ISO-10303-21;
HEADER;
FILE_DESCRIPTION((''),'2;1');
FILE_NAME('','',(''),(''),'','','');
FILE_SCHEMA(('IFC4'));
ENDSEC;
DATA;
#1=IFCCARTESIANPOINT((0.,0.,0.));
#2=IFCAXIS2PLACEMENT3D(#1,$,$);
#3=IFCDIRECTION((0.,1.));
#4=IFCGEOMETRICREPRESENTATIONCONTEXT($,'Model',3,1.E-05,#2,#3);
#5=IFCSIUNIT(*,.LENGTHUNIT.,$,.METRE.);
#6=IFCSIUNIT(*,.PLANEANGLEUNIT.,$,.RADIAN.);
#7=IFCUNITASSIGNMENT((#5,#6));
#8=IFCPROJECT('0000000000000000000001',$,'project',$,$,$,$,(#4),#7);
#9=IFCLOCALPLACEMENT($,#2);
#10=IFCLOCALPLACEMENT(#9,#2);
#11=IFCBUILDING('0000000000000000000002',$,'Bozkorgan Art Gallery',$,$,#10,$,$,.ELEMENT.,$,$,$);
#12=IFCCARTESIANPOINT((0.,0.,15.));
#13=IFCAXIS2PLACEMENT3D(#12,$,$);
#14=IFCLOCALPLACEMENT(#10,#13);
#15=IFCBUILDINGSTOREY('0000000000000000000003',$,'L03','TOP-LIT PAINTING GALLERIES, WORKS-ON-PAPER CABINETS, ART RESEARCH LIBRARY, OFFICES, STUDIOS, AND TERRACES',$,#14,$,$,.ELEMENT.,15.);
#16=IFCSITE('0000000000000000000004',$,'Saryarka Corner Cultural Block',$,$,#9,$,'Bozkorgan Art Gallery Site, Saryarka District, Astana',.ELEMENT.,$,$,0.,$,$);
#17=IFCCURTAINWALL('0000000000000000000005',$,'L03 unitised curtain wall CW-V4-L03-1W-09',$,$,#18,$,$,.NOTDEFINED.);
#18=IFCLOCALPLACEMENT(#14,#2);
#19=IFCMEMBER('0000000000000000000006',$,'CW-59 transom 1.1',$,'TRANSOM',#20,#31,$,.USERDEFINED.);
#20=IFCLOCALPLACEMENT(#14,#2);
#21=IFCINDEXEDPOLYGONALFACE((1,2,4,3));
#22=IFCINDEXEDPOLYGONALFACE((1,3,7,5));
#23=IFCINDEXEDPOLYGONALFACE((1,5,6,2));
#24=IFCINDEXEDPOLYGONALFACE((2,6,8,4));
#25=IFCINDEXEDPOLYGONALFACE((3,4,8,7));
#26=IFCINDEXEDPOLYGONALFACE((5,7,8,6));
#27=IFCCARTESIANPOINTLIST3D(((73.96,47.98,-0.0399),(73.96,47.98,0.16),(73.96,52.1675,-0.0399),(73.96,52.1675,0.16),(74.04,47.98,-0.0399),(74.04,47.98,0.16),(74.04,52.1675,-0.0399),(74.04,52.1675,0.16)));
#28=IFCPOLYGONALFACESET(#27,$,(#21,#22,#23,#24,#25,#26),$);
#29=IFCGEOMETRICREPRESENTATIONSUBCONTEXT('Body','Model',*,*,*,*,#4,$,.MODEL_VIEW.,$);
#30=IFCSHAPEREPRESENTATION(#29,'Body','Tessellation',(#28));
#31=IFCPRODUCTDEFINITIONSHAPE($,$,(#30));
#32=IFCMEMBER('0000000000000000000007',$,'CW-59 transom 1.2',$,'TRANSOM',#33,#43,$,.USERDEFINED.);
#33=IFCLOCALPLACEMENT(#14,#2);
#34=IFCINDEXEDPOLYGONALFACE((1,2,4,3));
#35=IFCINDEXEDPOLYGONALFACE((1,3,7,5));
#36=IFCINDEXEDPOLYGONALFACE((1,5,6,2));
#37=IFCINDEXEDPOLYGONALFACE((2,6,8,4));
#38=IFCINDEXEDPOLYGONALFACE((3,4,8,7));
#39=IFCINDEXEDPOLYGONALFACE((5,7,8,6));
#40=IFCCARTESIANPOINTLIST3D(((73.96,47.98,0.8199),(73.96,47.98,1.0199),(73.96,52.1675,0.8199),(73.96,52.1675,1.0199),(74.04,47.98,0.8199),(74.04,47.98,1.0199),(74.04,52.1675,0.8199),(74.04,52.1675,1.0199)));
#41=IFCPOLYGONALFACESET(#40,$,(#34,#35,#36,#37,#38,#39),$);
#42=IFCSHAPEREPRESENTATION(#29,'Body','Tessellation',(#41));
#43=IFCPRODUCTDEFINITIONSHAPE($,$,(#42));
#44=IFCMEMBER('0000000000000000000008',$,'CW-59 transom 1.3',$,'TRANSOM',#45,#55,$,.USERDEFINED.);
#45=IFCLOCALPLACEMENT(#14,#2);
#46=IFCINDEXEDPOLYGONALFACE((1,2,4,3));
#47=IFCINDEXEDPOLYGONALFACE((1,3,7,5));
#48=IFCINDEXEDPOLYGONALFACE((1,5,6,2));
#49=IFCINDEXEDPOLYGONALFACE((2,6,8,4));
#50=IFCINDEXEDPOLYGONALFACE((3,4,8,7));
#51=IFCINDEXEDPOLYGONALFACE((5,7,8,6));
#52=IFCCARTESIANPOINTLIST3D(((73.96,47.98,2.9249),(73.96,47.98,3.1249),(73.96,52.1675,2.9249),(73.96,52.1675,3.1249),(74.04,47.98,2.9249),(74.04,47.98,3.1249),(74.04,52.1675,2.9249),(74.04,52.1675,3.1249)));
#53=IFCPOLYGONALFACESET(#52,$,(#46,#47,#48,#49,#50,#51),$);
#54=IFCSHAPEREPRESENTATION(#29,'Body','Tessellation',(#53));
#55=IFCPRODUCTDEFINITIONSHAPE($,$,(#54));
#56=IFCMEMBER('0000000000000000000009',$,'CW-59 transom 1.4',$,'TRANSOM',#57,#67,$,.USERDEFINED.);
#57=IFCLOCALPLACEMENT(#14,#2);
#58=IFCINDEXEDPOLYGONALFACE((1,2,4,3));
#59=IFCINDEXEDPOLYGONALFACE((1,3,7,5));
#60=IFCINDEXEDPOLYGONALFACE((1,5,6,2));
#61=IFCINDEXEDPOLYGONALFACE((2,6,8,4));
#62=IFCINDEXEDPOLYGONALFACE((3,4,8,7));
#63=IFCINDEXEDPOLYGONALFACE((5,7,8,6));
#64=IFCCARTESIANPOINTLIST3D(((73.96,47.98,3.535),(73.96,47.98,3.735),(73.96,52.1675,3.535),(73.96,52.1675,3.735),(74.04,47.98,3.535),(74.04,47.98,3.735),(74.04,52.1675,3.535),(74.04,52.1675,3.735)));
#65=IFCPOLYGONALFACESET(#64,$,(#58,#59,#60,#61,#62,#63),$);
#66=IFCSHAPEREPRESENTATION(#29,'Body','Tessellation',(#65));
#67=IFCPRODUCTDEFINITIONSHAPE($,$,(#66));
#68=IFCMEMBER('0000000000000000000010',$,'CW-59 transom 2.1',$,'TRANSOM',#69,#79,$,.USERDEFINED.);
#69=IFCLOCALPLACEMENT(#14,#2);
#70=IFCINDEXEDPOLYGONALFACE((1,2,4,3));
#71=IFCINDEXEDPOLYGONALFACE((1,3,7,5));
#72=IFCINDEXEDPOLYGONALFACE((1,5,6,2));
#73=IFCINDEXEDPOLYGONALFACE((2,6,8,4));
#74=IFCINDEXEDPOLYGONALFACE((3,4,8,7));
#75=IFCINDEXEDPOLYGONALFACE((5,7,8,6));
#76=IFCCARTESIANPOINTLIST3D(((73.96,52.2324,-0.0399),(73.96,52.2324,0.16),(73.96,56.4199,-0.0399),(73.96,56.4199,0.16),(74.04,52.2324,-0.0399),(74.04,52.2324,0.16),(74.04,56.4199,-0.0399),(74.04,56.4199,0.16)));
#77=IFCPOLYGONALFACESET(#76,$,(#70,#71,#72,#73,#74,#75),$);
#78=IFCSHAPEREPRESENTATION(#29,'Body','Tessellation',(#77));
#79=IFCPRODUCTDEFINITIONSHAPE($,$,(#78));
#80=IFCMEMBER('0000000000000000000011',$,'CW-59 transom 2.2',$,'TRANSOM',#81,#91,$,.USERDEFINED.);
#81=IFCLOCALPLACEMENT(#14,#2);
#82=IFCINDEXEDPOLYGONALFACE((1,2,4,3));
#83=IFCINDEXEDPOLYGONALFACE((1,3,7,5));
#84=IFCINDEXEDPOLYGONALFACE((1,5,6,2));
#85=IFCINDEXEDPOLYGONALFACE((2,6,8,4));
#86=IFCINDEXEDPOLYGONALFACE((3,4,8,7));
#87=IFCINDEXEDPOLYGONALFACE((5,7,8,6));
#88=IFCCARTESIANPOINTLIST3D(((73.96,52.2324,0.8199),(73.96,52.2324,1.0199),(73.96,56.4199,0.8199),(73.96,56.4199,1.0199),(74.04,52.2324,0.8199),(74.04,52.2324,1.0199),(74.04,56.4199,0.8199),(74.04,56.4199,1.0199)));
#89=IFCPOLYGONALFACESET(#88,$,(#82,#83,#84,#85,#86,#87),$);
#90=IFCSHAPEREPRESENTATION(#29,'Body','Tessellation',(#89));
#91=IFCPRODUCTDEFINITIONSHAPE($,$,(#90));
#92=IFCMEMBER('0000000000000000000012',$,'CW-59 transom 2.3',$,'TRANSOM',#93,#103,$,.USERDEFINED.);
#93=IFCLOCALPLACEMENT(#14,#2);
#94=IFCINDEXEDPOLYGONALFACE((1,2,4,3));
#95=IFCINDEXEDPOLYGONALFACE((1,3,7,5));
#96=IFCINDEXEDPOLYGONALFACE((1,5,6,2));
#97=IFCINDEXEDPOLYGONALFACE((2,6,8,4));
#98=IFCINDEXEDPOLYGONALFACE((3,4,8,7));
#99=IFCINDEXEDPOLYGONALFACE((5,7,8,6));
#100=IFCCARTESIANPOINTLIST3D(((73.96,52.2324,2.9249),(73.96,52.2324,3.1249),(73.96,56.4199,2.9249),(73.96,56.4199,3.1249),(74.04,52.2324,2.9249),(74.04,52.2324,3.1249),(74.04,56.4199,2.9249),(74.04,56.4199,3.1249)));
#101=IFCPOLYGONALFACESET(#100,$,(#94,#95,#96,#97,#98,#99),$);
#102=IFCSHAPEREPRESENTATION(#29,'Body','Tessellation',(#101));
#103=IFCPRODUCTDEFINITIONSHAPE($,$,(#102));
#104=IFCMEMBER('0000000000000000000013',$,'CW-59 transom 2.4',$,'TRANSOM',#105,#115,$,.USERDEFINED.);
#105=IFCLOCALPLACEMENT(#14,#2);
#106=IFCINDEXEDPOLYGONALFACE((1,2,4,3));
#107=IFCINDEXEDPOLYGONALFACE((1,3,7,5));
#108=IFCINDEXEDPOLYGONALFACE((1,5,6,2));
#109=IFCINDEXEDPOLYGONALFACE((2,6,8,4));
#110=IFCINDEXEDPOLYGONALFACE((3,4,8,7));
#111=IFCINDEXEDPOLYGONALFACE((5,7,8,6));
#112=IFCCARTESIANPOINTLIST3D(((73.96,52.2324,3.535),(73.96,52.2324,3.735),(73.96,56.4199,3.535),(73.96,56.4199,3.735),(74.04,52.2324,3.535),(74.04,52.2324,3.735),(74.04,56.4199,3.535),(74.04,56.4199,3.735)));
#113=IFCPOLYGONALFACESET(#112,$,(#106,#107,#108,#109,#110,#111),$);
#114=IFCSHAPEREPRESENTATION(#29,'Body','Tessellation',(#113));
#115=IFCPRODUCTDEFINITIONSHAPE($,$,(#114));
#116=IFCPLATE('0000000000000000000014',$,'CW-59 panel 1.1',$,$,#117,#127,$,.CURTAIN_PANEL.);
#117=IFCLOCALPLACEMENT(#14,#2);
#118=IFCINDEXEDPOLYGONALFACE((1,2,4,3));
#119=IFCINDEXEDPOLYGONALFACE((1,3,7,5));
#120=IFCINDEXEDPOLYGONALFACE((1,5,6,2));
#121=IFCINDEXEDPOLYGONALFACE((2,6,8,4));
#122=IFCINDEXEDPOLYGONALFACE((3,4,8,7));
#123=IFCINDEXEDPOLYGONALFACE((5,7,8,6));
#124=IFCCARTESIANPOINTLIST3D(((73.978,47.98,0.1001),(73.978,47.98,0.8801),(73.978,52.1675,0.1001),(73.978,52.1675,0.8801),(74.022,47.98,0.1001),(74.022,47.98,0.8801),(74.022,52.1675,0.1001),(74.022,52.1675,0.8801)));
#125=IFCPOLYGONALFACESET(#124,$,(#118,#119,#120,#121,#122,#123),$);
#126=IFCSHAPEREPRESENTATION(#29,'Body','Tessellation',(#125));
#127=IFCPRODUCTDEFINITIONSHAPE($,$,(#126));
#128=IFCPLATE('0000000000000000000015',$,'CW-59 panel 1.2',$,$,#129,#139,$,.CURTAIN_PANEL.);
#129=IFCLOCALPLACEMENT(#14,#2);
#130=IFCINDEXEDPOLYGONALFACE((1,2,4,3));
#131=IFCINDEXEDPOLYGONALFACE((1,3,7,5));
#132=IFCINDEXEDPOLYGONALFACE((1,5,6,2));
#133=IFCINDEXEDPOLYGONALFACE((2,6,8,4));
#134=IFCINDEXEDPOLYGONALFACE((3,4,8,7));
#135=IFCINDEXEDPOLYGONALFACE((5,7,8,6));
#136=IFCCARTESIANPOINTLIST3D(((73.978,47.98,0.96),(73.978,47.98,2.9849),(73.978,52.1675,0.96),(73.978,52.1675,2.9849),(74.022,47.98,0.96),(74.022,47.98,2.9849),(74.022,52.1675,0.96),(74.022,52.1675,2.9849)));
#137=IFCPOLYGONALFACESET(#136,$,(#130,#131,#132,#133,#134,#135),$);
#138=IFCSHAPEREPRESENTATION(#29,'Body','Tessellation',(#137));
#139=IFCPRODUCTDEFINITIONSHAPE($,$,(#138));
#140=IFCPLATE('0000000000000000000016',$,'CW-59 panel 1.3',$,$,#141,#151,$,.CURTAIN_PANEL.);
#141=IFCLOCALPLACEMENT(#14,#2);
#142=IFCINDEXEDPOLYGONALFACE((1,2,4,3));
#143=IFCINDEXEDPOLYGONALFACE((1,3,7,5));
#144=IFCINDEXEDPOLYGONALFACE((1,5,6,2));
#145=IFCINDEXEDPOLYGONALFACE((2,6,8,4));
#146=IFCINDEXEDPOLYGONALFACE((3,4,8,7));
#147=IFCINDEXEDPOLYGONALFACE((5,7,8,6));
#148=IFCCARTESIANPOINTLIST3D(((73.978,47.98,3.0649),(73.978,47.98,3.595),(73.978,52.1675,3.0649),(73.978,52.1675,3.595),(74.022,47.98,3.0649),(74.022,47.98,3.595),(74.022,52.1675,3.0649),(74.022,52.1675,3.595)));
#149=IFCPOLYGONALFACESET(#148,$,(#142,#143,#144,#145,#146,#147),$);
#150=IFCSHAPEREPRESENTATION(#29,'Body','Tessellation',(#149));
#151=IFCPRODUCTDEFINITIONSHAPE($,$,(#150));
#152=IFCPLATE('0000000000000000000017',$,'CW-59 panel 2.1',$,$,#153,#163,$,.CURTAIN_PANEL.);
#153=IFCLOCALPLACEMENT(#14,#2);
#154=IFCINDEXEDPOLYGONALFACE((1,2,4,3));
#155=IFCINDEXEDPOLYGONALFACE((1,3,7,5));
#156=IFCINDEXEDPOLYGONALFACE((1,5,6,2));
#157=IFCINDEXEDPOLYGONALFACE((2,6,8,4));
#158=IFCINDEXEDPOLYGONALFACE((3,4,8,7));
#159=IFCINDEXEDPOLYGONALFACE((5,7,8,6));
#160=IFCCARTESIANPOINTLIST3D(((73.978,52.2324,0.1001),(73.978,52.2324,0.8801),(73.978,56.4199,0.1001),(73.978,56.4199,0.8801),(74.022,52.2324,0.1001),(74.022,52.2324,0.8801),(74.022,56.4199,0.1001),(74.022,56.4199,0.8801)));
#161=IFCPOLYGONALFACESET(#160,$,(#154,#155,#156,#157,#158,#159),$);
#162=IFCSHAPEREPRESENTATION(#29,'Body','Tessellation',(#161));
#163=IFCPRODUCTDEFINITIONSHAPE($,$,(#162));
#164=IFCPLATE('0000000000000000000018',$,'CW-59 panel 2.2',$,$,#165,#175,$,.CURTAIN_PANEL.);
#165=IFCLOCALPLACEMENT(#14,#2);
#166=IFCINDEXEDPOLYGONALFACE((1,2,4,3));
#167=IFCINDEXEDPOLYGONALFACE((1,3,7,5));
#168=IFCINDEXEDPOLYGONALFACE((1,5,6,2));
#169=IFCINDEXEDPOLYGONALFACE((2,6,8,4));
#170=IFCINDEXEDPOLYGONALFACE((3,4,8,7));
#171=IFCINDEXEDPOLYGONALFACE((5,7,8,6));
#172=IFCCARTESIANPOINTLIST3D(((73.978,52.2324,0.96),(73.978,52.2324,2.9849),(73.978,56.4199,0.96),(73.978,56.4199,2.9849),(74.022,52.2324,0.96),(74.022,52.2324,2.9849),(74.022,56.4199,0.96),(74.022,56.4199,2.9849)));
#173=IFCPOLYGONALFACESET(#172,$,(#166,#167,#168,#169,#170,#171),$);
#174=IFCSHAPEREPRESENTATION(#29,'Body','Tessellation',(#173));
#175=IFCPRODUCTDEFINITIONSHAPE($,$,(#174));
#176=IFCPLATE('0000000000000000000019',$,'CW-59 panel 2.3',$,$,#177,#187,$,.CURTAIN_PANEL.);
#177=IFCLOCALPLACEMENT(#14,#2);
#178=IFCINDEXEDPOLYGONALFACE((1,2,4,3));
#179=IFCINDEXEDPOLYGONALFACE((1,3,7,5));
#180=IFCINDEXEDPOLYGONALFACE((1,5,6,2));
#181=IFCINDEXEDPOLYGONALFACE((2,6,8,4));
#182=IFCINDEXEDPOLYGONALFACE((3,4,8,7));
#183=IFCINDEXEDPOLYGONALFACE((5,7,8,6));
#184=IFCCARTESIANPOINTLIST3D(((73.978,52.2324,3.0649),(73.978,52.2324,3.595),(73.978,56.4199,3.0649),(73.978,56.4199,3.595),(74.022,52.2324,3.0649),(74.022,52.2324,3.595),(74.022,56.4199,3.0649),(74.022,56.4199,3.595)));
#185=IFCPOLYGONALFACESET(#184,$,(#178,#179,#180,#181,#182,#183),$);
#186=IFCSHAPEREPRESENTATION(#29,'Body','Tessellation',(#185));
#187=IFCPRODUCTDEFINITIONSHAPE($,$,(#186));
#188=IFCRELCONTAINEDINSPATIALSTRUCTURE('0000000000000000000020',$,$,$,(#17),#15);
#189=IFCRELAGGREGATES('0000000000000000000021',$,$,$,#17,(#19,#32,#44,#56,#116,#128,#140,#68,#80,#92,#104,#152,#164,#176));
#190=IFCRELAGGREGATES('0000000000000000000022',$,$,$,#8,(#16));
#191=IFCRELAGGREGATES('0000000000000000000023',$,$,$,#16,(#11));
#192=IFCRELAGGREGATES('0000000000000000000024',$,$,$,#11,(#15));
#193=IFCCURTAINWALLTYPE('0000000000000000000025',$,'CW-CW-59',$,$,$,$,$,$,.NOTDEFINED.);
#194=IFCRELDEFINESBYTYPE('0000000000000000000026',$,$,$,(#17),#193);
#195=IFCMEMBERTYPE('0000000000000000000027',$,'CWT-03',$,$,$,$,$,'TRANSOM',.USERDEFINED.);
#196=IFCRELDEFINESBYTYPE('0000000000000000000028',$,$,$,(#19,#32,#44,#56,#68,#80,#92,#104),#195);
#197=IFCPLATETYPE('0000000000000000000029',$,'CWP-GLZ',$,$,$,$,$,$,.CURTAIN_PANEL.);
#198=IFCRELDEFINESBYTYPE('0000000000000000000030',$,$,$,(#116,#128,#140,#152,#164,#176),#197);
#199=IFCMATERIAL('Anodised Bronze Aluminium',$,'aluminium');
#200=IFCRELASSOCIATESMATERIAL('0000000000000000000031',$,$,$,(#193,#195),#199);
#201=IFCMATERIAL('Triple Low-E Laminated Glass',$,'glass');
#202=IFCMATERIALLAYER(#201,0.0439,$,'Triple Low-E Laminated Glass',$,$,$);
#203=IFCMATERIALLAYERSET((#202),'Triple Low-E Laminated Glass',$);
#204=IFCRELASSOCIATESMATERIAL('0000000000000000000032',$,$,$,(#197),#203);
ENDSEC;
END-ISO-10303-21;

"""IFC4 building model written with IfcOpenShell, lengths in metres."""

from ifc_helpers import new_model, si_unit, direction, frame, origin, origin_2d, place, context, subcontext, project, spatial, rectangle, extrude, material, layer, layer_set, material_profile, profile_set, type_object, element, aggregate, save


model = new_model("IFC4")

# Units and contexts
model_context = context("Model", 3, precision=1e-05, world=origin(), true_north=direction((0.0, 1.0)))
body_context = subcontext(model_context, "Body", "Model", "MODEL_VIEW")
ifc_project = project(units=[si_unit("LENGTHUNIT", "METRE"), si_unit("PLANEANGLEUNIT", "RADIAN")], contexts=[model_context])

# Site, building, storey
site_placement = place(None, origin())
site = spatial("IfcSite", under=ifc_project, at=site_placement, Name="Saryarka Corner Cultural Block", LongName="Bozkorgan Art Gallery Site, Saryarka District, Astana", CompositionType="ELEMENT", RefElevation=0.0)
building_placement = place(site_placement, origin())
building = spatial("IfcBuilding", under=site, at=building_placement, Name="Bozkorgan Art Gallery", CompositionType="ELEMENT")
storey_placement = place(building_placement, frame((0.0, 0.0, 15.0)))
storey = spatial("IfcBuildingStorey", under=building, at=storey_placement, Name="L03", Description="TOP-LIT PAINTING GALLERIES, WORKS-ON-PAPER CABINETS, ART RESEARCH LIBRARY, OFFICES, STUDIOS, AND TERRACES", CompositionType="ELEMENT", Elevation=15.0)

# Curtain wall, members, plates
ifc_material_1 = material(Name="Anodised Bronze Aluminium", Category="aluminium")
curtain_wall_type = type_object("IfcCurtainWallType", Name="CW-CW-59", PredefinedType="NOTDEFINED", material=ifc_material_1)
curtain_wall_placement = place(storey_placement, origin())
curtain_wall = element("IfcCurtainWall", 1, at=curtain_wall_placement, inside=storey, type_object=curtain_wall_type, Name="L03 unitised curtain wall CW-V4-L03-1W-09", PredefinedType="NOTDEFINED")
ifc_material_profile_1 = material_profile(ifc_material_1, rectangle(XDim=0.0801, YDim=0.2, at=origin_2d()), Name="ALU TRANSOM 80x200")
ifc_profile_set_1 = profile_set([ifc_material_profile_1], Name="Anodised Bronze Aluminium")
member_type_1 = type_object("IfcMemberType", Name="CWT-03", ElementType="TRANSOM", PredefinedType="USERDEFINED", material=ifc_profile_set_1)
member_1_placement = place(storey_placement, frame((74.0, 47.98, 0.0601), z_axis=(0.0, 1.0, 0.0), x_axis=(-1.0, 0.0, 0.0)))
member_1 = element("IfcMember", 2, at=member_1_placement, type_object=member_type_1, Name="CW-59 transom 1.1", ObjectType="TRANSOM", PredefinedType="USERDEFINED", context=body_context, shape_type="SweptSolid", body=[
    extrude(rectangle(XDim=0.0801, YDim=0.2, at=origin_2d()), origin(), (0.0, 0.0, 1.0), 4.1875),
])
member_2_placement = place(storey_placement, frame((74.0, 47.98, 0.9199), z_axis=(0.0, 1.0, 0.0), x_axis=(-1.0, 0.0, 0.0)))
member_2 = element("IfcMember", 3, at=member_2_placement, type_object=member_type_1, Name="CW-59 transom 1.2", ObjectType="TRANSOM", PredefinedType="USERDEFINED", context=body_context, shape_type="SweptSolid", body=[
    extrude(rectangle(XDim=0.0801, YDim=0.2, at=origin_2d()), origin(), (0.0, 0.0, 1.0), 4.1875),
])
member_3_placement = place(storey_placement, frame((74.0, 47.98, 3.0249), z_axis=(0.0, 1.0, 0.0), x_axis=(-1.0, 0.0, 0.0)))
member_3 = element("IfcMember", 4, at=member_3_placement, type_object=member_type_1, Name="CW-59 transom 1.3", ObjectType="TRANSOM", PredefinedType="USERDEFINED", context=body_context, shape_type="SweptSolid", body=[
    extrude(rectangle(XDim=0.0801, YDim=0.2, at=origin_2d()), origin(), (0.0, 0.0, 1.0), 4.1875),
])
member_4_placement = place(storey_placement, frame((74.0, 47.98, 3.635), z_axis=(0.0, 1.0, 0.0), x_axis=(-1.0, 0.0, 0.0)))
member_4 = element("IfcMember", 5, at=member_4_placement, type_object=member_type_1, Name="CW-59 transom 1.4", ObjectType="TRANSOM", PredefinedType="USERDEFINED", context=body_context, shape_type="SweptSolid", body=[
    extrude(rectangle(XDim=0.0801, YDim=0.2, at=origin_2d()), origin(), (0.0, 0.0, 1.0), 4.1875),
])
member_5_placement = place(storey_placement, frame((74.0, 52.2324, 0.0601), z_axis=(0.0, 1.0, 0.0), x_axis=(-1.0, 0.0, 0.0)))
member_5 = element("IfcMember", 6, at=member_5_placement, type_object=member_type_1, Name="CW-59 transom 2.1", ObjectType="TRANSOM", PredefinedType="USERDEFINED", context=body_context, shape_type="SweptSolid", body=[
    extrude(rectangle(XDim=0.0801, YDim=0.2, at=origin_2d()), origin(), (0.0, 0.0, 1.0), 4.1875),
])
member_6_placement = place(storey_placement, frame((74.0, 52.2324, 0.9199), z_axis=(0.0, 1.0, 0.0), x_axis=(-1.0, 0.0, 0.0)))
member_6 = element("IfcMember", 7, at=member_6_placement, type_object=member_type_1, Name="CW-59 transom 2.2", ObjectType="TRANSOM", PredefinedType="USERDEFINED", context=body_context, shape_type="SweptSolid", body=[
    extrude(rectangle(XDim=0.0801, YDim=0.2, at=origin_2d()), origin(), (0.0, 0.0, 1.0), 4.1875),
])
member_7_placement = place(storey_placement, frame((74.0, 52.2324, 3.0249), z_axis=(0.0, 1.0, 0.0), x_axis=(-1.0, 0.0, 0.0)))
member_7 = element("IfcMember", 8, at=member_7_placement, type_object=member_type_1, Name="CW-59 transom 2.3", ObjectType="TRANSOM", PredefinedType="USERDEFINED", context=body_context, shape_type="SweptSolid", body=[
    extrude(rectangle(XDim=0.0801, YDim=0.2, at=origin_2d()), origin(), (0.0, 0.0, 1.0), 4.1875),
])
member_8_placement = place(storey_placement, frame((74.0, 52.2324, 3.635), z_axis=(0.0, 1.0, 0.0), x_axis=(-1.0, 0.0, 0.0)))
member_8 = element("IfcMember", 9, at=member_8_placement, type_object=member_type_1, Name="CW-59 transom 2.4", ObjectType="TRANSOM", PredefinedType="USERDEFINED", context=body_context, shape_type="SweptSolid", body=[
    extrude(rectangle(XDim=0.0801, YDim=0.2, at=origin_2d()), origin(), (0.0, 0.0, 1.0), 4.1875),
])
ifc_material_2 = material(Name="Triple Low-E Laminated Glass", Category="glass")
ifc_layer_1 = layer(ifc_material_2, 0.0439, Name="Triple Low-E Laminated Glass")
ifc_layer_set_1 = layer_set([ifc_layer_1], Name="Triple Low-E Laminated Glass")
plate_type_1 = type_object("IfcPlateType", Name="CWP-GLZ", PredefinedType="CURTAIN_PANEL", material=ifc_layer_set_1)
plate_1_placement = place(storey_placement, frame((74.0, 50.0737, 0.1001), z_axis=(0.0, 0.0, 1.0), x_axis=(0.0, 1.0, 0.0)))
plate_1 = element("IfcPlate", 10, at=plate_1_placement, type_object=plate_type_1, Name="CW-59 panel 1.1", PredefinedType="CURTAIN_PANEL", context=body_context, shape_type="SweptSolid", body=[
    extrude(rectangle(XDim=4.1875, YDim=0.0439, at=origin_2d()), origin(), (0.0, 0.0, 1.0), 0.78),
])
plate_2_placement = place(storey_placement, frame((74.0, 50.0737, 0.96), z_axis=(0.0, 0.0, 1.0), x_axis=(0.0, 1.0, 0.0)))
plate_2 = element("IfcPlate", 11, at=plate_2_placement, type_object=plate_type_1, Name="CW-59 panel 1.2", PredefinedType="CURTAIN_PANEL", context=body_context, shape_type="SweptSolid", body=[
    extrude(rectangle(XDim=4.1875, YDim=0.0439, at=origin_2d()), origin(), (0.0, 0.0, 1.0), 2.0249),
])
plate_3_placement = place(storey_placement, frame((74.0, 50.0737, 3.0649), z_axis=(0.0, 0.0, 1.0), x_axis=(0.0, 1.0, 0.0)))
plate_3 = element("IfcPlate", 12, at=plate_3_placement, type_object=plate_type_1, Name="CW-59 panel 1.3", PredefinedType="CURTAIN_PANEL", context=body_context, shape_type="SweptSolid", body=[
    extrude(rectangle(XDim=4.1875, YDim=0.0439, at=origin_2d()), origin(), (0.0, 0.0, 1.0), 0.53),
])
plate_4_placement = place(storey_placement, frame((74.0, 54.3262, 0.1001), z_axis=(0.0, 0.0, 1.0), x_axis=(0.0, 1.0, 0.0)))
plate_4 = element("IfcPlate", 13, at=plate_4_placement, type_object=plate_type_1, Name="CW-59 panel 2.1", PredefinedType="CURTAIN_PANEL", context=body_context, shape_type="SweptSolid", body=[
    extrude(rectangle(XDim=4.1875, YDim=0.0439, at=origin_2d()), origin(), (0.0, 0.0, 1.0), 0.78),
])
plate_5_placement = place(storey_placement, frame((74.0, 54.3262, 0.96), z_axis=(0.0, 0.0, 1.0), x_axis=(0.0, 1.0, 0.0)))
plate_5 = element("IfcPlate", 14, at=plate_5_placement, type_object=plate_type_1, Name="CW-59 panel 2.2", PredefinedType="CURTAIN_PANEL", context=body_context, shape_type="SweptSolid", body=[
    extrude(rectangle(XDim=4.1875, YDim=0.0439, at=origin_2d()), origin(), (0.0, 0.0, 1.0), 2.0249),
])
plate_6_placement = place(storey_placement, frame((74.0, 54.3262, 3.0649), z_axis=(0.0, 0.0, 1.0), x_axis=(0.0, 1.0, 0.0)))
plate_6 = element("IfcPlate", 15, at=plate_6_placement, type_object=plate_type_1, Name="CW-59 panel 2.3", PredefinedType="CURTAIN_PANEL", context=body_context, shape_type="SweptSolid", body=[
    extrude(rectangle(XDim=4.1875, YDim=0.0439, at=origin_2d()), origin(), (0.0, 0.0, 1.0), 0.53),
])
aggregate(curtain_wall, [member_1, member_2, member_3, member_4, plate_1, plate_2, plate_3, member_5, member_6, member_7, member_8, plate_4, plate_5, plate_6])

save(model, "model.ifc")
